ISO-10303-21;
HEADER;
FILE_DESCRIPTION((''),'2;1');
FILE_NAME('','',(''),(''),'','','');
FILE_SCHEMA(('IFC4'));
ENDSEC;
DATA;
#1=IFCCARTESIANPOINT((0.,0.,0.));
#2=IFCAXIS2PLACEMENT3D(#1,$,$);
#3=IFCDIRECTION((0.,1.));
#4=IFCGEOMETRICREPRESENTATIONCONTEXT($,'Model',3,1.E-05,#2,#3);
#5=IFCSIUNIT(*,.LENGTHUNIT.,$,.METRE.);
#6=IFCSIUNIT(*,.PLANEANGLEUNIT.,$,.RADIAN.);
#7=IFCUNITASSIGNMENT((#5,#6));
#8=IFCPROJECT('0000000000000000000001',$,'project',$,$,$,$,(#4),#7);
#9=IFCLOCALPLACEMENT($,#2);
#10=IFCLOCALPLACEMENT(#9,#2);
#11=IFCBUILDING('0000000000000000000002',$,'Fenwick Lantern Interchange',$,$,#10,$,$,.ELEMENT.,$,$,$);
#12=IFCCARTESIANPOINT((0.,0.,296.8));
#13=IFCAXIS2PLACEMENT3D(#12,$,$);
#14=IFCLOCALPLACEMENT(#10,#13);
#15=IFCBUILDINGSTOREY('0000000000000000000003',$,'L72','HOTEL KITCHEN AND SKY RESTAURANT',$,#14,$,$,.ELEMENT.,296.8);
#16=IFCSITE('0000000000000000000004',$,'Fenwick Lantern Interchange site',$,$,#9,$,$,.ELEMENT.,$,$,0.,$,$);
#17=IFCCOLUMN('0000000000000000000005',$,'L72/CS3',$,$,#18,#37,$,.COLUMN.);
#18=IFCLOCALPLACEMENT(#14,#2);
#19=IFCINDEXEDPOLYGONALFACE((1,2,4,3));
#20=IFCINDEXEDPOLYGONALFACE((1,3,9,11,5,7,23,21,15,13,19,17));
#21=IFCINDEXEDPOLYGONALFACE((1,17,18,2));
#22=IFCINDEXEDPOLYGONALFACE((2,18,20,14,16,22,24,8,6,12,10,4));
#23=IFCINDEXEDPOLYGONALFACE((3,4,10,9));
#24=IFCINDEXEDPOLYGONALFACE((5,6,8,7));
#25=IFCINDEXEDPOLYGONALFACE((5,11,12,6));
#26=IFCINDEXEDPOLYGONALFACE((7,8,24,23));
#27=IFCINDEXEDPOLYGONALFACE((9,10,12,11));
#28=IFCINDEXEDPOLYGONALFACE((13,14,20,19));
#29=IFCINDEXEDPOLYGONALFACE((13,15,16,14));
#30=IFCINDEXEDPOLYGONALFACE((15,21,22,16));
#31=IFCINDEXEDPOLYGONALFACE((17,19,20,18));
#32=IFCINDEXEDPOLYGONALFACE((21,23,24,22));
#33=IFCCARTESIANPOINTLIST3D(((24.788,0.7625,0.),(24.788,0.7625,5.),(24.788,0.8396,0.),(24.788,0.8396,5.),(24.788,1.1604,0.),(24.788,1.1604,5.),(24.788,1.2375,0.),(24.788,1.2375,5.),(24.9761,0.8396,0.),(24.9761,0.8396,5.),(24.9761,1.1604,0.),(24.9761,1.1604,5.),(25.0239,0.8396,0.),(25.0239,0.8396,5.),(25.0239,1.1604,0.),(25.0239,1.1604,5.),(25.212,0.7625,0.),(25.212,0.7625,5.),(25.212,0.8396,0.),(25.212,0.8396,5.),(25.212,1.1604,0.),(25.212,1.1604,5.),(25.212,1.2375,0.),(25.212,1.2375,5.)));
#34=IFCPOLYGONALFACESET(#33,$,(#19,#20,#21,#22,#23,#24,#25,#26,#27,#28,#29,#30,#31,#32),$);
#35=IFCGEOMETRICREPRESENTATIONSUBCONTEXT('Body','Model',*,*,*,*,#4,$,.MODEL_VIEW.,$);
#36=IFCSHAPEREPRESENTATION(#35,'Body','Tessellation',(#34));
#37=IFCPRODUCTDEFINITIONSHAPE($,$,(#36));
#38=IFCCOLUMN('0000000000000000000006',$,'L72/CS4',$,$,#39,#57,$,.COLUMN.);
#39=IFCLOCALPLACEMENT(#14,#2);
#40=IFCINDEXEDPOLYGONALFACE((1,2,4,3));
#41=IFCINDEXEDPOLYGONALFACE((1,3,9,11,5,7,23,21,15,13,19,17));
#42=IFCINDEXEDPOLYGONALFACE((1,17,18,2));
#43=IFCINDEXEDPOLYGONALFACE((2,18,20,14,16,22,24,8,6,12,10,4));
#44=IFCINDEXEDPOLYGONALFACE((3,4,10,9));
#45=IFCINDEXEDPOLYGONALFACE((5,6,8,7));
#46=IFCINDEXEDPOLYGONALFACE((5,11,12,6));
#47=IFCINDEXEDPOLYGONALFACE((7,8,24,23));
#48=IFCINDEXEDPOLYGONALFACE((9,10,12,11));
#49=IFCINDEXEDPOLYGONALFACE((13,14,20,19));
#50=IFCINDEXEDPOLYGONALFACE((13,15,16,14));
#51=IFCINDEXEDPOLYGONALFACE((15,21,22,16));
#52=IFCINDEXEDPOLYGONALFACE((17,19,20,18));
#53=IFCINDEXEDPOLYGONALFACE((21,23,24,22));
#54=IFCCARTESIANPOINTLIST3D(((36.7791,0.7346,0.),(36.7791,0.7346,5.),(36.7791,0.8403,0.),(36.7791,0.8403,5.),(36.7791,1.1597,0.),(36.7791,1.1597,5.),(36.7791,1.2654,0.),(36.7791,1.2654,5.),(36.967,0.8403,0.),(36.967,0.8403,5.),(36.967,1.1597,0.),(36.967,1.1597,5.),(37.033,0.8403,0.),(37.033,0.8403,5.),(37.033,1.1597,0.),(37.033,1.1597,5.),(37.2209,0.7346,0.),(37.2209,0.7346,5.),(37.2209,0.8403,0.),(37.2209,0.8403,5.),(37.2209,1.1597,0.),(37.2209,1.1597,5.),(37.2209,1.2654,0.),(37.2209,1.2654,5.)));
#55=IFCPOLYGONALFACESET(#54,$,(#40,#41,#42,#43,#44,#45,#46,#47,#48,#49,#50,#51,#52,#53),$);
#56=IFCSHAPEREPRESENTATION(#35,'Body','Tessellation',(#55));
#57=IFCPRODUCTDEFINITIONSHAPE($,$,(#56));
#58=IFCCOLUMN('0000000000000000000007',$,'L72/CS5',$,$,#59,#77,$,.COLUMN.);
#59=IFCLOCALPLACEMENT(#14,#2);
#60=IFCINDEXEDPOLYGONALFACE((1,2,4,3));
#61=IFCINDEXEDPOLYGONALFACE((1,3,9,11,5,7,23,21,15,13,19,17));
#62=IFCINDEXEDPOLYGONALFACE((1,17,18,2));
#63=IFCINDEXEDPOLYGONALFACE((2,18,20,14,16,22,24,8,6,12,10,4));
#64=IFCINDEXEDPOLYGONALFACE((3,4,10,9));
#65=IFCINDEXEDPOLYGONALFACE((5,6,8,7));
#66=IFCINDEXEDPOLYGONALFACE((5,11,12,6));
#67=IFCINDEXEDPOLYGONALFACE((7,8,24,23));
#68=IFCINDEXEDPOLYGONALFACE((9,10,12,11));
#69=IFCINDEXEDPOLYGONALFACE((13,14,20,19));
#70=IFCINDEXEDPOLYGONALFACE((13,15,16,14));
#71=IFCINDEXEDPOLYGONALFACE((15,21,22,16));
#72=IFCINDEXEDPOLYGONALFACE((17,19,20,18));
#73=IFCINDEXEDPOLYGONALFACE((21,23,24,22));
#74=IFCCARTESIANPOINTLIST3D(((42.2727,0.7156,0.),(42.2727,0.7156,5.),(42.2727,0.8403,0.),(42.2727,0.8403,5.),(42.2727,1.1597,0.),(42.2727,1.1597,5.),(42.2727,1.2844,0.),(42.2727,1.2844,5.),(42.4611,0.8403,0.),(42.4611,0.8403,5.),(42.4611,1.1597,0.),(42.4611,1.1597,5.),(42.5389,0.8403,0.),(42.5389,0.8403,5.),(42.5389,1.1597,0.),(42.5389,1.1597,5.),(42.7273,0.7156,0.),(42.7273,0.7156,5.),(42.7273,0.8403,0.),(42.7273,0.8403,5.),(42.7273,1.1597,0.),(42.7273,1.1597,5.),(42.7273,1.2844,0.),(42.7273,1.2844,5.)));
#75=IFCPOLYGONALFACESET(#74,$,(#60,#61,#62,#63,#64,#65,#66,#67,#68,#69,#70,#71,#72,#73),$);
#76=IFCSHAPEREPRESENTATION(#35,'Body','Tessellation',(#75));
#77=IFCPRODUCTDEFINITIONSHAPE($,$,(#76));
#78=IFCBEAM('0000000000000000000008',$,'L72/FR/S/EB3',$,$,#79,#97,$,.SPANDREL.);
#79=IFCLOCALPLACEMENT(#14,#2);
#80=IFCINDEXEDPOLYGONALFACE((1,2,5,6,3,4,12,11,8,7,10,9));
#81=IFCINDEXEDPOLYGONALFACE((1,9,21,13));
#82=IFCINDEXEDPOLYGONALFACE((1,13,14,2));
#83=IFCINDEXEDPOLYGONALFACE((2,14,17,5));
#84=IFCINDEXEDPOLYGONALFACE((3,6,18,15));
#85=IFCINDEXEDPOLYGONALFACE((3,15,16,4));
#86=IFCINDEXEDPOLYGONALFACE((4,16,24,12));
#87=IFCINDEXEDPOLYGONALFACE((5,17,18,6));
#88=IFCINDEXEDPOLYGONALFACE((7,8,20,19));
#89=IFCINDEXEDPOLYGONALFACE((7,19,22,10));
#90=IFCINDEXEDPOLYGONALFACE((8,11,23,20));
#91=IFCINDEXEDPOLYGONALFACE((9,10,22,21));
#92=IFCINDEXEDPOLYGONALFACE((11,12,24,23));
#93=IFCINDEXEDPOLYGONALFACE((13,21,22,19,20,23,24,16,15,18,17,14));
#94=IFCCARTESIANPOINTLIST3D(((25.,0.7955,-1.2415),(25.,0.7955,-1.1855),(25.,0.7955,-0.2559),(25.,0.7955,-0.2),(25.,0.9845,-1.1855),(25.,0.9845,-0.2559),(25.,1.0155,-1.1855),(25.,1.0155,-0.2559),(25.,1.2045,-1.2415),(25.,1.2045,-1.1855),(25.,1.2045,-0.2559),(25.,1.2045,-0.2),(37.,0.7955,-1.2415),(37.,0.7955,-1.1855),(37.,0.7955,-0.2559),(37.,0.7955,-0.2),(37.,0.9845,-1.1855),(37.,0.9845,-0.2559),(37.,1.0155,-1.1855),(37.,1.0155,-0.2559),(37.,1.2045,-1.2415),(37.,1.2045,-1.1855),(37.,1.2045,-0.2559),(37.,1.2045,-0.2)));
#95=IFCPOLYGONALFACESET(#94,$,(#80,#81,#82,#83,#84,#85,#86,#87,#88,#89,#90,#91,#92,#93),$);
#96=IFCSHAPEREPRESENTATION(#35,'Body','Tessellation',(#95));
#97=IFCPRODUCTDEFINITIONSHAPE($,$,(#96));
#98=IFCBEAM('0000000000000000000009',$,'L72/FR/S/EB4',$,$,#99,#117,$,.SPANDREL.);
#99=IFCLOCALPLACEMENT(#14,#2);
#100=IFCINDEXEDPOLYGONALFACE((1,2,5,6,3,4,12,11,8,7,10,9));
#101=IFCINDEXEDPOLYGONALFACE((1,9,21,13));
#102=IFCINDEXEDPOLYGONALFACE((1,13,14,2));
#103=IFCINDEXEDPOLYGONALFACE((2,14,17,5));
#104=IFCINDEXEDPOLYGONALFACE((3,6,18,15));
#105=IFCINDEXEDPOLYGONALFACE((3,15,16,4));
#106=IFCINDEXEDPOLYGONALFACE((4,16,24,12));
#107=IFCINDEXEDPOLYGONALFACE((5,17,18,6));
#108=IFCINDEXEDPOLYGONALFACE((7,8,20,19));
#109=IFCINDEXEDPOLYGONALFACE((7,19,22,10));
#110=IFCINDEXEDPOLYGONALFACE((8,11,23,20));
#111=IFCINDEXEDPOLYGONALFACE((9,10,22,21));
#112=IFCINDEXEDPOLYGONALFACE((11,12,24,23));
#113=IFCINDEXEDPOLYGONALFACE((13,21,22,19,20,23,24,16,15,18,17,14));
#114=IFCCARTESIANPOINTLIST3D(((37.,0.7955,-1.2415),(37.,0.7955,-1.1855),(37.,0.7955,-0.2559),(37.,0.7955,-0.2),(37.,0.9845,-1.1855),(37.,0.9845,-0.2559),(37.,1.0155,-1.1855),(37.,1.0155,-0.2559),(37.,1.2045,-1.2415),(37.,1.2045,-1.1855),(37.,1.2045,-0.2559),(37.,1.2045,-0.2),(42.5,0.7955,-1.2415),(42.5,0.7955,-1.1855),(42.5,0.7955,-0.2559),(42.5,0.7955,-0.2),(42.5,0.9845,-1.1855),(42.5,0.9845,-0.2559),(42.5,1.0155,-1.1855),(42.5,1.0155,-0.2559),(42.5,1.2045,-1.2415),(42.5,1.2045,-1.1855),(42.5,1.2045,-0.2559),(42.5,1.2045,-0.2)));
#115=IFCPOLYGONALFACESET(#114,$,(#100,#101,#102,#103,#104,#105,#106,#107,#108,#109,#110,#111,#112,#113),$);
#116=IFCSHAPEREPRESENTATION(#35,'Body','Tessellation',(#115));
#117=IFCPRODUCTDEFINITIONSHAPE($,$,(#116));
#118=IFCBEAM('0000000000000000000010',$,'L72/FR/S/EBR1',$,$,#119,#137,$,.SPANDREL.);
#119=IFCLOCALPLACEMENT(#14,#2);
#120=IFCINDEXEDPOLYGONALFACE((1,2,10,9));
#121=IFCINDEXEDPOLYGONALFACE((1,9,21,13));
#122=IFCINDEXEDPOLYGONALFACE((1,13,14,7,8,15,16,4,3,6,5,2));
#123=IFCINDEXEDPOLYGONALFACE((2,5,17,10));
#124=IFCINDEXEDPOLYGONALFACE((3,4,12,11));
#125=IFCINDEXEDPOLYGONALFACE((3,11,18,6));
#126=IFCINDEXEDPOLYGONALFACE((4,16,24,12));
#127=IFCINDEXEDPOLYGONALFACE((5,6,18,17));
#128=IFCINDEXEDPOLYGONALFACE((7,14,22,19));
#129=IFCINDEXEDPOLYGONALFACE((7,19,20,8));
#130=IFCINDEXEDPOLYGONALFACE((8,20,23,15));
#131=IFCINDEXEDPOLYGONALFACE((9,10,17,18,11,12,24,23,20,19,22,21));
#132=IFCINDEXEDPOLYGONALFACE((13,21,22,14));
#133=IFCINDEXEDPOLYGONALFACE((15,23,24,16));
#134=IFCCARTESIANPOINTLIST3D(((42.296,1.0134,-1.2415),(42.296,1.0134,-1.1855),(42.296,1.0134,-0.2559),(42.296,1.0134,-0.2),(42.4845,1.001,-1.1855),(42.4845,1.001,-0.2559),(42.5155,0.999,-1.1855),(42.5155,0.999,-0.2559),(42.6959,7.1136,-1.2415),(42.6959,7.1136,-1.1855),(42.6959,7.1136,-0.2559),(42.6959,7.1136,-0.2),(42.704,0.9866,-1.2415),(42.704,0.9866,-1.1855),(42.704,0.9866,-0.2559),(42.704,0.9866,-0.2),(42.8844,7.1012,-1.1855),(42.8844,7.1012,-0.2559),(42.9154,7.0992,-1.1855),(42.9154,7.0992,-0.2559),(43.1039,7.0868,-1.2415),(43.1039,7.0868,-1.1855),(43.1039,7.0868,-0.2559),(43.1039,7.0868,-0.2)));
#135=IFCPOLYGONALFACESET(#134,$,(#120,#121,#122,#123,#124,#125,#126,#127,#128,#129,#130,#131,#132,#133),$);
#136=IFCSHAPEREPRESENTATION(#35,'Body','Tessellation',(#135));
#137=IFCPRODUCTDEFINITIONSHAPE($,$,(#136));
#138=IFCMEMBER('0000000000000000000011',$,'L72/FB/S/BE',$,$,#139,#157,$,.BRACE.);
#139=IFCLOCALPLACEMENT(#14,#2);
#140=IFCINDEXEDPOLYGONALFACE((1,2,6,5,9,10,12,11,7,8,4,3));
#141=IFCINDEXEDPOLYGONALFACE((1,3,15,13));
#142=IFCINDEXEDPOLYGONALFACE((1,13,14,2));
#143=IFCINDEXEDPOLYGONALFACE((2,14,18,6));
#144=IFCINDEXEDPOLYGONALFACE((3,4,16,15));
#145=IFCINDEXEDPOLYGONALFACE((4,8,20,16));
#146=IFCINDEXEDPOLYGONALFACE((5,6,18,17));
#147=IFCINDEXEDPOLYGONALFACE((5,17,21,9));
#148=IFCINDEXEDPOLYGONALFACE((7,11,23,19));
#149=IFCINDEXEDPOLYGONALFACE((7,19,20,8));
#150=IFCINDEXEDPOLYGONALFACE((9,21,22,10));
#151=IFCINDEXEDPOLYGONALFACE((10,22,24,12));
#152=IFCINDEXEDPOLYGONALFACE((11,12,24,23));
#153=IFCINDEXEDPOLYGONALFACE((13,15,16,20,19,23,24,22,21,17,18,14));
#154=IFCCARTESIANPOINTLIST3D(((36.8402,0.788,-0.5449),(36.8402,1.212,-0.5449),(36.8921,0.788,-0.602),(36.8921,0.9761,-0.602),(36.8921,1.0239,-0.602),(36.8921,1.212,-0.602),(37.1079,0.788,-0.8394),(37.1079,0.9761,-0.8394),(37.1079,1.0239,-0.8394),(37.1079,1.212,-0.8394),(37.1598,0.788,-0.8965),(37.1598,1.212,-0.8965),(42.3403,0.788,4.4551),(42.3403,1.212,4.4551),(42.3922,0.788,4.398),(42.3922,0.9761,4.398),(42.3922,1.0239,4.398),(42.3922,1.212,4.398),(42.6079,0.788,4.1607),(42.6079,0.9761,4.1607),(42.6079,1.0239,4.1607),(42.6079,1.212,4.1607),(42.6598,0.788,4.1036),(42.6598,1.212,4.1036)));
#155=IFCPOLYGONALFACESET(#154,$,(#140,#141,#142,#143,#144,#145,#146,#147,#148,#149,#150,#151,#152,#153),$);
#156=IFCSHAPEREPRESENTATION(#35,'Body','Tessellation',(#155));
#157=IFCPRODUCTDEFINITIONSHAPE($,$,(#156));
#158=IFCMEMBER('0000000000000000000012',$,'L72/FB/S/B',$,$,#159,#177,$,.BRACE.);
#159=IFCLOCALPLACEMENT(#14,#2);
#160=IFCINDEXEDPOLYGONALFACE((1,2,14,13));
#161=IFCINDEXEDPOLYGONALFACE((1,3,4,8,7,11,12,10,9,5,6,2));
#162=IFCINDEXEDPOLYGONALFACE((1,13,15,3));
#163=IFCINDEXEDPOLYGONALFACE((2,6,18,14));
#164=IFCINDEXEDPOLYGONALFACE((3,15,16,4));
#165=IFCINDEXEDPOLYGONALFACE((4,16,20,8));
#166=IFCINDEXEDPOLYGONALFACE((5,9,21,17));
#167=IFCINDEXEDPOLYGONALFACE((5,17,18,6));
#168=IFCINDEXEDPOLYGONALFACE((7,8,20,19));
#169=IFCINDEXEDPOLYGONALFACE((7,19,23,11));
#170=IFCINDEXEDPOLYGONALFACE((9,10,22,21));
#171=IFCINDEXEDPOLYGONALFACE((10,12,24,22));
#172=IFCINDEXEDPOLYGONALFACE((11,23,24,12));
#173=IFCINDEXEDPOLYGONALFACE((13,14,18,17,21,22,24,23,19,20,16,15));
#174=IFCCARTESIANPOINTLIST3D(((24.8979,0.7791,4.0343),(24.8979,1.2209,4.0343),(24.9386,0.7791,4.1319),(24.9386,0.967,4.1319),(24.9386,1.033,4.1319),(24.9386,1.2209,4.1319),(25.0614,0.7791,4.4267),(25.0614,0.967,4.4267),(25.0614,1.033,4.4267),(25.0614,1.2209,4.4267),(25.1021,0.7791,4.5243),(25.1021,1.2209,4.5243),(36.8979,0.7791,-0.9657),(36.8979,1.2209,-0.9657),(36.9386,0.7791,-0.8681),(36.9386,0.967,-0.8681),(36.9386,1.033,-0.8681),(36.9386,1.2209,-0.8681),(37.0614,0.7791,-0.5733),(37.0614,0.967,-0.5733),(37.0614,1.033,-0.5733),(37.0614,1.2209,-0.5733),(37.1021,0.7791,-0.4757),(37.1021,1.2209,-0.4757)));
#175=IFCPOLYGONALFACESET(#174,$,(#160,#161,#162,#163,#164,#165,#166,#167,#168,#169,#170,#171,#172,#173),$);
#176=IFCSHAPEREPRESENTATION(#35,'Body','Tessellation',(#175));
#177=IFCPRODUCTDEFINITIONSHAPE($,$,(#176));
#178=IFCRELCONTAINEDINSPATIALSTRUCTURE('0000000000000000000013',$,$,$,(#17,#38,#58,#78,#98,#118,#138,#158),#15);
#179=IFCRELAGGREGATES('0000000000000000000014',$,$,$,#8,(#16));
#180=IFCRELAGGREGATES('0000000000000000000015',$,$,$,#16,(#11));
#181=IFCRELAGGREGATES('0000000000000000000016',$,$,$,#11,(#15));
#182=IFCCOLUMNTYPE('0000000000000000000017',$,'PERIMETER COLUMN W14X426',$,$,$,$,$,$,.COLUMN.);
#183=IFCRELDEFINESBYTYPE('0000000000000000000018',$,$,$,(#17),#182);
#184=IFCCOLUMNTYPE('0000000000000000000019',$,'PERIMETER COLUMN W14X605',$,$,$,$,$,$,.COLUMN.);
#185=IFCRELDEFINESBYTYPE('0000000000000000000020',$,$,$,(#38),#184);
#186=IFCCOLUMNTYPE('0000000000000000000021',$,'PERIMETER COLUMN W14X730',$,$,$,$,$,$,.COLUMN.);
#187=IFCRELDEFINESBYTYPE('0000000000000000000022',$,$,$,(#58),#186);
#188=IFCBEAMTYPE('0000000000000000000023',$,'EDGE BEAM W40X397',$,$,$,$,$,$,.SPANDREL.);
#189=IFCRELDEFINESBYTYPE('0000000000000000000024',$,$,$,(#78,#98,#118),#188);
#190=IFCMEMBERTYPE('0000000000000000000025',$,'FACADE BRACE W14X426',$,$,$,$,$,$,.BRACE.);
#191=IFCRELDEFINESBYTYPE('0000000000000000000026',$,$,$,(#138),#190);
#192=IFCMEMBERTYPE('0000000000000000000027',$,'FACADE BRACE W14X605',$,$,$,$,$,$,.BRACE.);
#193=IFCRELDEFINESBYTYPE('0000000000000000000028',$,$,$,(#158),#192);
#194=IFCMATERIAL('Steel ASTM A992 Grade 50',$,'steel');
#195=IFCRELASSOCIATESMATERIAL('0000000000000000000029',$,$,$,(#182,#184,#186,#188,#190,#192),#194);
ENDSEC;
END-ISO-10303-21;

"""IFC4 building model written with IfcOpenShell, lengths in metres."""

from ifc_helpers import new_model, si_unit, direction, frame, origin, origin_2d, place, context, subcontext, project, spatial, i_section, extrude, material, material_profile, profile_set, type_object, element, save


model = new_model("IFC4")

# Units and contexts
model_context = context("Model", 3, precision=1e-05, world=origin(), true_north=direction((0.0, 1.0)))
body_context = subcontext(model_context, "Body", "Model", "MODEL_VIEW")
ifc_project = project(units=[si_unit("LENGTHUNIT", "METRE"), si_unit("PLANEANGLEUNIT", "RADIAN")], contexts=[model_context])

# Site, building, storey
site_placement = place(None, origin())
site = spatial("IfcSite", under=ifc_project, at=site_placement, Name="Fenwick Lantern Interchange site", CompositionType="ELEMENT", RefElevation=0.0)
building_placement = place(site_placement, origin())
building = spatial("IfcBuilding", under=site, at=building_placement, Name="Fenwick Lantern Interchange", CompositionType="ELEMENT")
storey_placement = place(building_placement, frame((0.0, 0.0, 296.8)))
storey = spatial("IfcBuildingStorey", under=building, at=storey_placement, Name="L72", Description="HOTEL KITCHEN AND SKY RESTAURANT", CompositionType="ELEMENT", Elevation=296.8)

# Columns
ifc_material_1 = material(Name="Steel ASTM A992 Grade 50", Category="steel")
ifc_material_profile_1 = material_profile(ifc_material_1, i_section(OverallWidth=0.4241, OverallDepth=0.4751, WebThickness=0.0479, FlangeThickness=0.0771, at=origin_2d()), Name="W14X426")
ifc_profile_set_1 = profile_set([ifc_material_profile_1], Name="Steel ASTM A992 Grade 50")
column_type_1 = type_object("IfcColumnType", Name="PERIMETER COLUMN W14X426", PredefinedType="COLUMN", material=ifc_profile_set_1)
column_1_placement = place(storey_placement, frame((25.0, 1.0, 0.0), z_axis=(0.0, 0.0, 1.0), x_axis=(1.0, 0.0, 0.0)))
element("IfcColumn", 1, at=column_1_placement, inside=storey, type_object=column_type_1, Name="L72/CS3", PredefinedType="COLUMN", context=body_context, shape_type="SweptSolid", body=[
    extrude(i_section(OverallWidth=0.4241, OverallDepth=0.4751, WebThickness=0.0479, FlangeThickness=0.0771, at=origin_2d()), origin(), (0.0, 0.0, 1.0), 5.0),
])
ifc_material_profile_2 = material_profile(ifc_material_1, i_section(OverallWidth=0.4419, OverallDepth=0.5308, WebThickness=0.0659, FlangeThickness=0.1057, at=origin_2d()), Name="W14X605")
ifc_profile_set_2 = profile_set([ifc_material_profile_2], Name="Steel ASTM A992 Grade 50")
column_type_2 = type_object("IfcColumnType", Name="PERIMETER COLUMN W14X605", PredefinedType="COLUMN", material=ifc_profile_set_2)
column_2_placement = place(storey_placement, frame((37.0, 1.0, 0.0), z_axis=(0.0, 0.0, 1.0), x_axis=(1.0, 0.0, 0.0)))
element("IfcColumn", 2, at=column_2_placement, inside=storey, type_object=column_type_2, Name="L72/CS4", PredefinedType="COLUMN", context=body_context, shape_type="SweptSolid", body=[
    extrude(i_section(OverallWidth=0.4419, OverallDepth=0.5308, WebThickness=0.0659, FlangeThickness=0.1057, at=origin_2d()), origin(), (0.0, 0.0, 1.0), 5.0),
])
ifc_material_profile_3 = material_profile(ifc_material_1, i_section(OverallWidth=0.4546, OverallDepth=0.5688, WebThickness=0.0779, FlangeThickness=0.1248, at=origin_2d()), Name="W14X730")
ifc_profile_set_3 = profile_set([ifc_material_profile_3], Name="Steel ASTM A992 Grade 50")
column_type_3 = type_object("IfcColumnType", Name="PERIMETER COLUMN W14X730", PredefinedType="COLUMN", material=ifc_profile_set_3)
column_3_placement = place(storey_placement, frame((42.5, 1.0, 0.0), z_axis=(0.0, 0.0, 1.0), x_axis=(1.0, 0.0, 0.0)))
element("IfcColumn", 3, at=column_3_placement, inside=storey, type_object=column_type_3, Name="L72/CS5", PredefinedType="COLUMN", context=body_context, shape_type="SweptSolid", body=[
    extrude(i_section(OverallWidth=0.4546, OverallDepth=0.5688, WebThickness=0.0779, FlangeThickness=0.1248, at=origin_2d()), origin(), (0.0, 0.0, 1.0), 5.0),
])

# Beams
ifc_material_profile_4 = material_profile(ifc_material_1, i_section(OverallWidth=0.4089, OverallDepth=1.0415, WebThickness=0.031, FlangeThickness=0.0559, at=origin_2d()), Name="W40X397")
ifc_profile_set_4 = profile_set([ifc_material_profile_4], Name="Steel ASTM A992 Grade 50")
beam_type_1 = type_object("IfcBeamType", Name="EDGE BEAM W40X397", PredefinedType="SPANDREL", material=ifc_profile_set_4)
beam_1_placement = place(storey_placement, frame((25.0, 1.0, -0.7207), z_axis=(1.0, 0.0, 0.0), x_axis=(0.0, 1.0, 0.0)))
element("IfcBeam", 4, at=beam_1_placement, inside=storey, type_object=beam_type_1, Name="L72/FR/S/EB3", PredefinedType="SPANDREL", context=body_context, shape_type="SweptSolid", body=[
    extrude(i_section(OverallWidth=0.4089, OverallDepth=1.0415, WebThickness=0.031, FlangeThickness=0.0559, at=origin_2d()), origin(), (0.0, 0.0, 1.0), 12.0),
])
beam_2_placement = place(storey_placement, frame((37.0, 1.0, -0.7207), z_axis=(1.0, 0.0, 0.0), x_axis=(0.0, 1.0, 0.0)))
element("IfcBeam", 5, at=beam_2_placement, inside=storey, type_object=beam_type_1, Name="L72/FR/S/EB4", PredefinedType="SPANDREL", context=body_context, shape_type="SweptSolid", body=[
    extrude(i_section(OverallWidth=0.4089, OverallDepth=1.0415, WebThickness=0.031, FlangeThickness=0.0559, at=origin_2d()), origin(), (0.0, 0.0, 1.0), 5.5),
])
beam_3_placement = place(storey_placement, frame((42.5, 1.0, -0.7207), z_axis=(0.065416, 0.997858, 0.0), x_axis=(-0.997858, 0.065416, 0.0)))
element("IfcBeam", 6, at=beam_3_placement, inside=storey, type_object=beam_type_1, Name="L72/FR/S/EBR1", PredefinedType="SPANDREL", context=body_context, shape_type="SweptSolid", body=[
    extrude(i_section(OverallWidth=0.4089, OverallDepth=1.0415, WebThickness=0.031, FlangeThickness=0.0559, at=origin_2d()), origin(), (0.0, 0.0, 1.0), 6.1133),
])

# Members
ifc_material_profile_5 = material_profile(ifc_material_1, i_section(OverallWidth=0.4241, OverallDepth=0.4751, WebThickness=0.0479, FlangeThickness=0.0771, at=origin_2d()), Name="W14X426")
ifc_profile_set_5 = profile_set([ifc_material_profile_5], Name="Steel ASTM A992 Grade 50")
member_type_1 = type_object("IfcMemberType", Name="FACADE BRACE W14X426", PredefinedType="BRACE", material=ifc_profile_set_5)
member_1_placement = place(storey_placement, frame((37.0, 1.0, -0.7207), z_axis=(0.73994, 0.0, 0.672673), x_axis=(0.0, 1.0, 0.0)))
element("IfcMember", 7, at=member_1_placement, inside=storey, type_object=member_type_1, Name="L72/FB/S/BE", PredefinedType="BRACE", context=body_context, shape_type="SweptSolid", body=[
    extrude(i_section(OverallWidth=0.4241, OverallDepth=0.4751, WebThickness=0.0479, FlangeThickness=0.0771, at=origin_2d()), origin(), (0.0, 0.0, 1.0), 7.4331),
])
ifc_material_profile_6 = material_profile(ifc_material_1, i_section(OverallWidth=0.4419, OverallDepth=0.5308, WebThickness=0.0659, FlangeThickness=0.1057, at=origin_2d()), Name="W14X605")
ifc_profile_set_6 = profile_set([ifc_material_profile_6], Name="Steel ASTM A992 Grade 50")
member_type_2 = type_object("IfcMemberType", Name="FACADE BRACE W14X605", PredefinedType="BRACE", material=ifc_profile_set_6)
member_2_placement = place(storey_placement, frame((37.0, 1.0, -0.7207), z_axis=(-0.923077, 0.0, 0.384615), x_axis=(0.0, -1.0, 0.0)))
element("IfcMember", 8, at=member_2_placement, inside=storey, type_object=member_type_2, Name="L72/FB/S/B", PredefinedType="BRACE", context=body_context, shape_type="SweptSolid", body=[
    extrude(i_section(OverallWidth=0.4419, OverallDepth=0.5308, WebThickness=0.0659, FlangeThickness=0.1057, at=origin_2d()), origin(), (0.0, 0.0, 1.0), 13.0),
])

save(model, "model.ifc")
